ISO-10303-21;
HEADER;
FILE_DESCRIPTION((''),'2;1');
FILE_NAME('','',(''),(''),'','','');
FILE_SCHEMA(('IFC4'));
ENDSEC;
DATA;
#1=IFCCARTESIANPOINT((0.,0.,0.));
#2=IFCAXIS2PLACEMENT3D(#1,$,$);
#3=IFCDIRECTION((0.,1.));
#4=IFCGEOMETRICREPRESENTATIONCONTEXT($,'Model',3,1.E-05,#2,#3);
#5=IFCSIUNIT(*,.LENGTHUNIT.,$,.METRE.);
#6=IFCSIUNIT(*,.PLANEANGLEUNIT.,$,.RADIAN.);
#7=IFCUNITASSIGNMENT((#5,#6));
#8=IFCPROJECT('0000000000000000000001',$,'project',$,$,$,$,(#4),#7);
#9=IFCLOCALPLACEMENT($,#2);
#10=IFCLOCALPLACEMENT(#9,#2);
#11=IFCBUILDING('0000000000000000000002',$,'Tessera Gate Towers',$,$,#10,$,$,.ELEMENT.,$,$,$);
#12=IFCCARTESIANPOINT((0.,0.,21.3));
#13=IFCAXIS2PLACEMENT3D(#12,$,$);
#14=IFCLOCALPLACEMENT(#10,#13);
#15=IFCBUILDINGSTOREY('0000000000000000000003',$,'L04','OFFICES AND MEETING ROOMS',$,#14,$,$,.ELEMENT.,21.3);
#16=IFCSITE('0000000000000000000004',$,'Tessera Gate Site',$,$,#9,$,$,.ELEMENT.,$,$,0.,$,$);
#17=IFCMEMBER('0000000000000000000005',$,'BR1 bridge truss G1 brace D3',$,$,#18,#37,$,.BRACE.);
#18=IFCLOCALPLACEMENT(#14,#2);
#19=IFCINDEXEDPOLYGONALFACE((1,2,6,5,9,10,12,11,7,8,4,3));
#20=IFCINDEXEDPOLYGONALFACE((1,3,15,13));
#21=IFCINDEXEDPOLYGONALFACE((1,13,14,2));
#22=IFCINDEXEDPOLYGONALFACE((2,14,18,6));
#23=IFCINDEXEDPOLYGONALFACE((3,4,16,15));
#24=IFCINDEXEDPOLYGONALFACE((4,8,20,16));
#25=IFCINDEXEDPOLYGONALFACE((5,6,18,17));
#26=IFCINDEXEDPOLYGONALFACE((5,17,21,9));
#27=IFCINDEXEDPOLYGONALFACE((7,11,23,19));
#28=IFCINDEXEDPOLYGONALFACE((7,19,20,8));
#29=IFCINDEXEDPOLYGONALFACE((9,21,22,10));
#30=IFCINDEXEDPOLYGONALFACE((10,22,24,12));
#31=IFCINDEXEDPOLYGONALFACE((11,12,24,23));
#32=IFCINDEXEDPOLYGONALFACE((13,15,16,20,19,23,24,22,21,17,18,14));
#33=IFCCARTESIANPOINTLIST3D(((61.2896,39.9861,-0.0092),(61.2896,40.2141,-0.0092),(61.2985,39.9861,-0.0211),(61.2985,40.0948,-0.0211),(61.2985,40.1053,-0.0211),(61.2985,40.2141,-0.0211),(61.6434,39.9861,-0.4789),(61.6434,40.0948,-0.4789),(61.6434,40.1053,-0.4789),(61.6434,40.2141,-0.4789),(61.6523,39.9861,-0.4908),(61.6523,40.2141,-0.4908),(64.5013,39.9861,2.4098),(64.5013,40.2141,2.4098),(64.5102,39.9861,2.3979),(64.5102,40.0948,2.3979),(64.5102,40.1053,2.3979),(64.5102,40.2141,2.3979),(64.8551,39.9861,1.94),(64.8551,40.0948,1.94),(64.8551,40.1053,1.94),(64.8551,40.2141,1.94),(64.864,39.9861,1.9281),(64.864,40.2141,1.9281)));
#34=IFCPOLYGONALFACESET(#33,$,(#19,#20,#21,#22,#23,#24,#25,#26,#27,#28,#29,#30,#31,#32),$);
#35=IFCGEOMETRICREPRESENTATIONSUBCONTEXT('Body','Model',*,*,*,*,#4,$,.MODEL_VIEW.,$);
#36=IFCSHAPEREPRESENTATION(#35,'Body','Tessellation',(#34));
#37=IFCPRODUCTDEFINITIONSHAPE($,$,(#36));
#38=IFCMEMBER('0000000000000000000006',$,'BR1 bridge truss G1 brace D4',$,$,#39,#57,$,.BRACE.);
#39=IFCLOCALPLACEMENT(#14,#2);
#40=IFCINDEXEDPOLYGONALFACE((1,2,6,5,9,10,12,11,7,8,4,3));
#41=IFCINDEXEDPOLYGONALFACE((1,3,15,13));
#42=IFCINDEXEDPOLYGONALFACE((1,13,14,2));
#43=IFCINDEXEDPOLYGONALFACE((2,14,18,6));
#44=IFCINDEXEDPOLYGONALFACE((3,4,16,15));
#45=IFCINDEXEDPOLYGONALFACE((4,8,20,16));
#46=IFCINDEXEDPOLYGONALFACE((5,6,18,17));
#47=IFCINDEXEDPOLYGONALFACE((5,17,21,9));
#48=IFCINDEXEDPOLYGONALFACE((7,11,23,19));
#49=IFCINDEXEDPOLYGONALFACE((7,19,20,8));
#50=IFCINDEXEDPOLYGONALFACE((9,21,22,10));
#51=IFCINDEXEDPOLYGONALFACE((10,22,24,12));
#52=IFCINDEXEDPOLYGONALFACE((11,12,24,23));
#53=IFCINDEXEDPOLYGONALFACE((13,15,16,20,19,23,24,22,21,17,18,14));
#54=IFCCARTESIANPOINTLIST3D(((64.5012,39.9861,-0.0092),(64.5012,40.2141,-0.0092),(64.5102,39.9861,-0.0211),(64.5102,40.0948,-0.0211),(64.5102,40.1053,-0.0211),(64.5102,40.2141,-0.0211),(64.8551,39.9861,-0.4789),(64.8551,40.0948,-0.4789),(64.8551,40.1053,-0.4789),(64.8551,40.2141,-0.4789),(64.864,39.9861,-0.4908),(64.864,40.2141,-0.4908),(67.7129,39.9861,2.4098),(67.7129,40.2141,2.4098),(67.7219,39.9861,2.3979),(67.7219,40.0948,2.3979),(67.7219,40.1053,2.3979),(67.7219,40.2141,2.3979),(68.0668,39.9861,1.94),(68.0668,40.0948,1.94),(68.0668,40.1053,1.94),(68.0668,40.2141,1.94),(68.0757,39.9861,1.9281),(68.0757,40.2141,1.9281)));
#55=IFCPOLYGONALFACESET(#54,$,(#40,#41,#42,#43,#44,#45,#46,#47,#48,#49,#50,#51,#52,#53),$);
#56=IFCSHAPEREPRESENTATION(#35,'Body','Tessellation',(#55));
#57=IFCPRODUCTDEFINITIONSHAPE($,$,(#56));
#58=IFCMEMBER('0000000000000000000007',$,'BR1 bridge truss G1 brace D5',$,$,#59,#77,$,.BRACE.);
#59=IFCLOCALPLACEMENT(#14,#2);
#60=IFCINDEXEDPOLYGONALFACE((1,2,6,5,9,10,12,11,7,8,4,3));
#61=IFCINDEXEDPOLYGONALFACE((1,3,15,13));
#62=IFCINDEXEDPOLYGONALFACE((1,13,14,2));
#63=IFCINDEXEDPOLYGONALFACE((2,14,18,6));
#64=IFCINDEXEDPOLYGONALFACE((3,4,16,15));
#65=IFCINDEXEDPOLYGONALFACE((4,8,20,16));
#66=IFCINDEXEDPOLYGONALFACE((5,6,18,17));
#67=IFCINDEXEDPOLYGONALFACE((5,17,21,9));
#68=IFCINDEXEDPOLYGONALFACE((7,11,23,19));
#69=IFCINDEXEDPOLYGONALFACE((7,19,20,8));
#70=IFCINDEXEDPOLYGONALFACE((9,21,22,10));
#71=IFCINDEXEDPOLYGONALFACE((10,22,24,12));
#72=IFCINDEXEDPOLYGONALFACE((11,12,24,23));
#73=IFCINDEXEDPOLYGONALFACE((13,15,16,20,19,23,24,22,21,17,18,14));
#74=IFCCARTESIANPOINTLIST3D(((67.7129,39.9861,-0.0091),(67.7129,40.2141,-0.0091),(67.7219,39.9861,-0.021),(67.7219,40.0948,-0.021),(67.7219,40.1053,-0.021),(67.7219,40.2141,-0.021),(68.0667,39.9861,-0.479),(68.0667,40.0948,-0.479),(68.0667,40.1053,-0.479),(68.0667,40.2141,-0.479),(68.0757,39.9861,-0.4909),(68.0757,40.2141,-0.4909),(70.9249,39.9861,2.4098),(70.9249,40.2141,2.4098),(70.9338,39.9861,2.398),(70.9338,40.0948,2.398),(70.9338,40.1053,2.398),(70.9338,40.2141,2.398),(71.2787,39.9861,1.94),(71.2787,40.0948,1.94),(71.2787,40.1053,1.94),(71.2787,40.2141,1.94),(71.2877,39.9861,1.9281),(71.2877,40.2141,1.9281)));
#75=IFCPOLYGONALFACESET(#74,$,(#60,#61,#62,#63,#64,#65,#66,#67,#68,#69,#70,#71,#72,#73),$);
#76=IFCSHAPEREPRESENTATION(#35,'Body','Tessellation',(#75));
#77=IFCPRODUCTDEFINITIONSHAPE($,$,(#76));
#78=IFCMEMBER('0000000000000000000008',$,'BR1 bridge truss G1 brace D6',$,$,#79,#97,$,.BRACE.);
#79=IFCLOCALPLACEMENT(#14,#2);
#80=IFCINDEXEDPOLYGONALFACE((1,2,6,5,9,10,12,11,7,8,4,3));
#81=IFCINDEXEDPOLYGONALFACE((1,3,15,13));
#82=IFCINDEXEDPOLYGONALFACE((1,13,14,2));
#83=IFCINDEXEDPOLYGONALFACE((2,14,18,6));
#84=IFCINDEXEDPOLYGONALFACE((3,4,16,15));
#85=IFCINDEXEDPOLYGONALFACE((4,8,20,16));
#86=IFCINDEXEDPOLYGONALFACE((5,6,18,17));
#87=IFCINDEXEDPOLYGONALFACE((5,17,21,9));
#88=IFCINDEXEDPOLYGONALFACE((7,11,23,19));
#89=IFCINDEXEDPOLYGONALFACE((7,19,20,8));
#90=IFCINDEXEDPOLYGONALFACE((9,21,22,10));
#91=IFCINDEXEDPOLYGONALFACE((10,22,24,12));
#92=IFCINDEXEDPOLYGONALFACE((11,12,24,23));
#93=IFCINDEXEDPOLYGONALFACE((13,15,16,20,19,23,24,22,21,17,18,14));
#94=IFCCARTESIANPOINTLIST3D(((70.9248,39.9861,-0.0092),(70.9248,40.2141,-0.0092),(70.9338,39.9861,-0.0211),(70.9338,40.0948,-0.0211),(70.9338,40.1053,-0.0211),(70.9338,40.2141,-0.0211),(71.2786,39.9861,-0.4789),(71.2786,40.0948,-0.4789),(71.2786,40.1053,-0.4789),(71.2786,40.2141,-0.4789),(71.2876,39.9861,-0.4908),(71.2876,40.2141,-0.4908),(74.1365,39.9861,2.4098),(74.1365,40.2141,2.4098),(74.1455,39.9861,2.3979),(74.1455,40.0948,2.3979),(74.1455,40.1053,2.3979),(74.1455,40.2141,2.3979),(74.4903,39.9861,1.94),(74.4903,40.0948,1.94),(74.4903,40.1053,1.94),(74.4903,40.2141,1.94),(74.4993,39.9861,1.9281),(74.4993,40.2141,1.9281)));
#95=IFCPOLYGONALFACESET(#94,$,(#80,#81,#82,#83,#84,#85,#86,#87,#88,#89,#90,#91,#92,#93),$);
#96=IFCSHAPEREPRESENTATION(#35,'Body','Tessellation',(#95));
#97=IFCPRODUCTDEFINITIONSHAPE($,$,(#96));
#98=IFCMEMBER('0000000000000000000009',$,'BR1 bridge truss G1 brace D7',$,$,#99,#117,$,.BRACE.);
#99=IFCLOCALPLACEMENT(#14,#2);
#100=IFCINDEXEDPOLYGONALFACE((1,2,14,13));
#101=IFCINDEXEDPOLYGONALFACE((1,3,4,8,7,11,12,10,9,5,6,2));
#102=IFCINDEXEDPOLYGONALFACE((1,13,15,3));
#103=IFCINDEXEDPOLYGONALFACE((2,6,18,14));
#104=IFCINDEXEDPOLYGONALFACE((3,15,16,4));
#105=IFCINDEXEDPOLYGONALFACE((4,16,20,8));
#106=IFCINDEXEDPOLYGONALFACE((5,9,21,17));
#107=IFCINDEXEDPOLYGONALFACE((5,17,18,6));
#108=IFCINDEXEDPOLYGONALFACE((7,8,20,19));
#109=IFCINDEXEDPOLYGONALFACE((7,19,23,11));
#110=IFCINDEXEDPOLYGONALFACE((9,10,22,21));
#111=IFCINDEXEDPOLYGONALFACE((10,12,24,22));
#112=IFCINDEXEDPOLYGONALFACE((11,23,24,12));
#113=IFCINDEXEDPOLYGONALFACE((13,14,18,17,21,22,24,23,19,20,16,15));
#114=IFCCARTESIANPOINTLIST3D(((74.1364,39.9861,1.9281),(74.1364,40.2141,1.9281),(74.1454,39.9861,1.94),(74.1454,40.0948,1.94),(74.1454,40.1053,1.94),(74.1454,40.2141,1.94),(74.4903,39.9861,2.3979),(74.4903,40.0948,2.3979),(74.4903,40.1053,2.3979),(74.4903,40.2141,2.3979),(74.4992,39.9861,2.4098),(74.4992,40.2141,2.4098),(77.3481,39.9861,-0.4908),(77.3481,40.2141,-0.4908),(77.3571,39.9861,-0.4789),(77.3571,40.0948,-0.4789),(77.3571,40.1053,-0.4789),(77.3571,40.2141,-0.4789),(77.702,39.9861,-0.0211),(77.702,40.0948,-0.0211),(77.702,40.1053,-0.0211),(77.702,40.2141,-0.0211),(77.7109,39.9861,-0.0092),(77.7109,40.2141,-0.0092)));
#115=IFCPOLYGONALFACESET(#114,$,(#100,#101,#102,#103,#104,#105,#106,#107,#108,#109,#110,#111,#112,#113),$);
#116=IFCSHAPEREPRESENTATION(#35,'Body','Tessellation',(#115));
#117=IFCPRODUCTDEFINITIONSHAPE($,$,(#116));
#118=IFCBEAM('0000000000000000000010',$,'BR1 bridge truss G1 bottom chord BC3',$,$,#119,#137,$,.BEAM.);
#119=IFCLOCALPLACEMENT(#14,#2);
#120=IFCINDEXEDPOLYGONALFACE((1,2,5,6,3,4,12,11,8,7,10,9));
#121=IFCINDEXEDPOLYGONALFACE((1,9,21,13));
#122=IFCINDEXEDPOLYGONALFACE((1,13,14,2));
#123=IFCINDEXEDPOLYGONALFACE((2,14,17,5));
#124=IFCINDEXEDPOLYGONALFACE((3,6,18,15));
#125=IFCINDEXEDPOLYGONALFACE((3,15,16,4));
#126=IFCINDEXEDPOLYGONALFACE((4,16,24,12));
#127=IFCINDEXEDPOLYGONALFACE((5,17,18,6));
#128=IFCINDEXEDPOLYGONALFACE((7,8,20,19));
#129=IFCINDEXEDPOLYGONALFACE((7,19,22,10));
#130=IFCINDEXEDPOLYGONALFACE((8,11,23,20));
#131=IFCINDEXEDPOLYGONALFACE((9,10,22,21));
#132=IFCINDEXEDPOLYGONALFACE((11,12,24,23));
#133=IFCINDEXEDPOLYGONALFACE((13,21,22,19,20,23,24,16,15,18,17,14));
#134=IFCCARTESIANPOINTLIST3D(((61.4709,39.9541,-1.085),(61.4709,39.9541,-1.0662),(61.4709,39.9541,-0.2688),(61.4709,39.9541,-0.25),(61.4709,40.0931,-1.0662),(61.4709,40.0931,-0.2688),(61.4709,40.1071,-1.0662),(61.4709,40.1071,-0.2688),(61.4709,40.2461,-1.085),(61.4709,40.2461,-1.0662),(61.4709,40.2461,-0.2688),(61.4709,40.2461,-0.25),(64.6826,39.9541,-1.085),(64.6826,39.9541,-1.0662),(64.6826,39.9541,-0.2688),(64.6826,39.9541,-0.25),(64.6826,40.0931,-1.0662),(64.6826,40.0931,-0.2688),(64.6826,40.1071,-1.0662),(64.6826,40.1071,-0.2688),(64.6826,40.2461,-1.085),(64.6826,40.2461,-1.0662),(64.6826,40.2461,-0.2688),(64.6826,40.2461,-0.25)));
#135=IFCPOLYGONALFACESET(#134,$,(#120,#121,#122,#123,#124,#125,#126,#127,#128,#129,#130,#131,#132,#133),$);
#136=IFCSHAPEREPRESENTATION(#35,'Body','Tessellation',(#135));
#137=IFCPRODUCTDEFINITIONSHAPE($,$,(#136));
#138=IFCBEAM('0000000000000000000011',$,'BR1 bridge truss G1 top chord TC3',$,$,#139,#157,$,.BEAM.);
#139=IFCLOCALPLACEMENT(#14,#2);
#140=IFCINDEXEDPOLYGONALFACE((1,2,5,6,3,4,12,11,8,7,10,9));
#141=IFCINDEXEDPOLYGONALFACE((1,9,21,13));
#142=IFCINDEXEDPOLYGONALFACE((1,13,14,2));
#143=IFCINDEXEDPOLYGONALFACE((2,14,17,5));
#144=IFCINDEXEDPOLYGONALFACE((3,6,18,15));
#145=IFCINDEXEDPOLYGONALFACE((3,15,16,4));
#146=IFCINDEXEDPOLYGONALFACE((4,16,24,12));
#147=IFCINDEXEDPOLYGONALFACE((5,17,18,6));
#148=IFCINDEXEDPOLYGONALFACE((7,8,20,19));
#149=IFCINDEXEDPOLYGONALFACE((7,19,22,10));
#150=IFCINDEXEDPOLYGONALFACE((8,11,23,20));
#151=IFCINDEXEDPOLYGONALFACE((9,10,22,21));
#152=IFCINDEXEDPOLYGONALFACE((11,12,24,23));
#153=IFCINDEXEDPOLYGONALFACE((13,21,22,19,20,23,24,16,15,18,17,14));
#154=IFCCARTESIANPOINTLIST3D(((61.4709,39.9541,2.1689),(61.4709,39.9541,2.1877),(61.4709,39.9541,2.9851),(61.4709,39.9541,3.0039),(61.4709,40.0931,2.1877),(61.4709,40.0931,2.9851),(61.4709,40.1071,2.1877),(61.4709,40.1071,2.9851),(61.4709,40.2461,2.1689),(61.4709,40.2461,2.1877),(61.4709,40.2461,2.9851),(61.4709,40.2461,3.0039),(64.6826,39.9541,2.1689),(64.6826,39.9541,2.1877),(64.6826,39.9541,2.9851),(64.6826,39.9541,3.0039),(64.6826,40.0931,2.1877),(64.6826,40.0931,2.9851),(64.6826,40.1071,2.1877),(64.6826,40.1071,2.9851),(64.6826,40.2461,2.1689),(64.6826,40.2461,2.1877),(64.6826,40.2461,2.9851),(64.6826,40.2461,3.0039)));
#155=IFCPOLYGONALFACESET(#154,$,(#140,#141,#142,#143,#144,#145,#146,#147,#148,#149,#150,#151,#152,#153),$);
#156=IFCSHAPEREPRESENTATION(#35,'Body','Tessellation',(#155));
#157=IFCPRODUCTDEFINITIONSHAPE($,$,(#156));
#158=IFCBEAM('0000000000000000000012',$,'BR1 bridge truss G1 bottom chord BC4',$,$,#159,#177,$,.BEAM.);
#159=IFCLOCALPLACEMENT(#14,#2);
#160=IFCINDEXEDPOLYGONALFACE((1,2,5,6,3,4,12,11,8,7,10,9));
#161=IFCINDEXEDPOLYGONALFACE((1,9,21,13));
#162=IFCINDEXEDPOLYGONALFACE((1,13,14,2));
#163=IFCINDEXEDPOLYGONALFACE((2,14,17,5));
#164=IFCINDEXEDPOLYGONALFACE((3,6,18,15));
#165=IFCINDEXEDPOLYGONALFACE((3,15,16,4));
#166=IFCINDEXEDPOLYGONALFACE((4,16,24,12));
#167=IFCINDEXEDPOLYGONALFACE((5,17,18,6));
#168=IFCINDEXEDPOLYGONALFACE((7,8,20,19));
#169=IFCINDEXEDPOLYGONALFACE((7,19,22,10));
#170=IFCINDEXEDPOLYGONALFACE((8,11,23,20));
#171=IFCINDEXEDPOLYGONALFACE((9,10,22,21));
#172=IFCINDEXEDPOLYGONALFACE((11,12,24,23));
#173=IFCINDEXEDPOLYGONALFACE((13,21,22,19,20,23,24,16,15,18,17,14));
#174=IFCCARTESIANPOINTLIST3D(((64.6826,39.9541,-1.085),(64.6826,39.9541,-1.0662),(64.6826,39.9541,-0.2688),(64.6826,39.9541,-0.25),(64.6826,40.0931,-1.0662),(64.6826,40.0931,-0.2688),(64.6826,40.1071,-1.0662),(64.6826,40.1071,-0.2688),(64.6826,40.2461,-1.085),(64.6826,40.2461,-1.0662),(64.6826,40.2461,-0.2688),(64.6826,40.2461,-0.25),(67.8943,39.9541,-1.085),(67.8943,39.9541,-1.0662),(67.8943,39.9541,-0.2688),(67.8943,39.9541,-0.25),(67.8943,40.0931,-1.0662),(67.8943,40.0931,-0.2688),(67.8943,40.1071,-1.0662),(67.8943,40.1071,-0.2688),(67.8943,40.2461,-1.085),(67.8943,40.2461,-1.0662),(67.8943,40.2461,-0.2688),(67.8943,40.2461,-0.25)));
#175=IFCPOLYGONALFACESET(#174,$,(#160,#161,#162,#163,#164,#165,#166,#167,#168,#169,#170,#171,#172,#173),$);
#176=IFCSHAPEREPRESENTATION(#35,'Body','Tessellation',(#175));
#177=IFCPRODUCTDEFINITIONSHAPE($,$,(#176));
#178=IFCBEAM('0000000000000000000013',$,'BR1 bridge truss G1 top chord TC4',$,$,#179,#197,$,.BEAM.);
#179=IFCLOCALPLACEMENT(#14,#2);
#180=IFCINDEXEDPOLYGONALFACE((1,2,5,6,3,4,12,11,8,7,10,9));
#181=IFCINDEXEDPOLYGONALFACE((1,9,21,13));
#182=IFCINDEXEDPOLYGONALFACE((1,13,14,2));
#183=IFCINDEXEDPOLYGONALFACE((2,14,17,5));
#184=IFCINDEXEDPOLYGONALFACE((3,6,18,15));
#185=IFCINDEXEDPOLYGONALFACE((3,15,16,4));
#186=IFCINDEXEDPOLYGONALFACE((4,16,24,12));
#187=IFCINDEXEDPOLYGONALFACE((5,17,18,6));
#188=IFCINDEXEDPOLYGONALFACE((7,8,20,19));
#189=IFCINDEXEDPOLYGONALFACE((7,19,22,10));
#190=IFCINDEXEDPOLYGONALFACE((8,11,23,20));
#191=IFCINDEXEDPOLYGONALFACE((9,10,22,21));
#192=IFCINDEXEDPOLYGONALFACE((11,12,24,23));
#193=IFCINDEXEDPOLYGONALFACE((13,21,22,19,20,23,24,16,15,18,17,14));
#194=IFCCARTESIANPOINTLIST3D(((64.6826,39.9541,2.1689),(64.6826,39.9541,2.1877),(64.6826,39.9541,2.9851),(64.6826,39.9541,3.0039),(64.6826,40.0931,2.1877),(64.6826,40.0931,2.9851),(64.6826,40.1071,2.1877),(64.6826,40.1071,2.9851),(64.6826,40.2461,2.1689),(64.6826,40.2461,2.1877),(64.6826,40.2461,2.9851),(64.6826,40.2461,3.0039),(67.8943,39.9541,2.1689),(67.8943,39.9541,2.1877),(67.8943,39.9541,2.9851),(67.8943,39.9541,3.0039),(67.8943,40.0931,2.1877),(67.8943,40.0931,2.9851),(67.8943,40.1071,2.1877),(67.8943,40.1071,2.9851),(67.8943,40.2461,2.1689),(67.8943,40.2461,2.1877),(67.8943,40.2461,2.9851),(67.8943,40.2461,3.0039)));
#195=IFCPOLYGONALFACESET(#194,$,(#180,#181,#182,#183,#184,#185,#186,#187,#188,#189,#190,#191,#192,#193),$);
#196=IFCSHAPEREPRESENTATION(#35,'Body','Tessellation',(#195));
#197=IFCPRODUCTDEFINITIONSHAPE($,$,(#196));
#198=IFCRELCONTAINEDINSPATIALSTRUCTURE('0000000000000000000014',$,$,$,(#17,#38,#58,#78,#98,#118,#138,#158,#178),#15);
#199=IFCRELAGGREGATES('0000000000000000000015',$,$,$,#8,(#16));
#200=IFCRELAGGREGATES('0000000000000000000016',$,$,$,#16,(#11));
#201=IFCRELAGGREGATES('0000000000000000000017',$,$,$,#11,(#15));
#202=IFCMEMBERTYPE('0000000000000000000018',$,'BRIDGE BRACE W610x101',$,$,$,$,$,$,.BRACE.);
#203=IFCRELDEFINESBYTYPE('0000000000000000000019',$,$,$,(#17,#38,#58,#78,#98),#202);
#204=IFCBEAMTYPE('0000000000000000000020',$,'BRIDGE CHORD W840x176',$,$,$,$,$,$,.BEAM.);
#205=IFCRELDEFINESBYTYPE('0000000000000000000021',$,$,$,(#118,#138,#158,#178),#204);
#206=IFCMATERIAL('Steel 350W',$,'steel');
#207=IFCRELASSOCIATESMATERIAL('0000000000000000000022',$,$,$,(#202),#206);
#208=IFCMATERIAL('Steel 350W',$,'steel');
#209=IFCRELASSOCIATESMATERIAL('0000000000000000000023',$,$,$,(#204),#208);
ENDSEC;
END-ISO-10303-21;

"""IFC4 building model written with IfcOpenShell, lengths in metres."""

from ifc_helpers import new_model, si_unit, direction, frame, origin, origin_2d, place, context, subcontext, project, spatial, i_section, extrude, material, material_profile, profile_set, type_object, element, save


model = new_model("IFC4")

# Units and contexts
model_context = context("Model", 3, precision=1e-05, world=origin(), true_north=direction((0.0, 1.0)))
body_context = subcontext(model_context, "Body", "Model", "MODEL_VIEW")
ifc_project = project(units=[si_unit("LENGTHUNIT", "METRE"), si_unit("PLANEANGLEUNIT", "RADIAN")], contexts=[model_context])

# Site, building, storey
site_placement = place(None, origin())
site = spatial("IfcSite", under=ifc_project, at=site_placement, Name="Tessera Gate Site", CompositionType="ELEMENT", RefElevation=0.0)
building_placement = place(site_placement, origin())
building = spatial("IfcBuilding", under=site, at=building_placement, Name="Tessera Gate Towers", CompositionType="ELEMENT")
storey_placement = place(building_placement, frame((0.0, 0.0, 21.3)))
storey = spatial("IfcBuildingStorey", under=building, at=storey_placement, Name="L04", Description="OFFICES AND MEETING ROOMS", CompositionType="ELEMENT", Elevation=21.3)

# Members
ifc_material_1 = material(Name="Steel 350W", Category="steel")
ifc_material_profile_1 = material_profile(ifc_material_1, i_section(OverallWidth=0.228, OverallDepth=0.603, WebThickness=0.0105, FlangeThickness=0.0149, at=origin_2d()), Name="W610x101")
ifc_profile_set_1 = profile_set([ifc_material_profile_1], Name="Steel 350W")
member_type_1 = type_object("IfcMemberType", Name="BRIDGE BRACE W610x101", PredefinedType="BRACE", material=ifc_profile_set_1)
for number, where, z_axis, x_axis, name in (
    (1, (61.4709, 40.1001, -0.25), (0.798782, 0.0, 0.601621), (0.0, 1.0, 0.0), "BR1 bridge truss G1 brace D3"),
    (2, (64.6826, 40.1001, -0.25), (0.798782, 0.0, 0.601621), (0.0, 1.0, 0.0), "BR1 bridge truss G1 brace D4"),
):
    element("IfcMember", number, at=place(storey_placement, frame(where, z_axis=z_axis, x_axis=x_axis)), inside=storey, type_object=member_type_1, Name=name, PredefinedType="BRACE", context=body_context, shape_type="SweptSolid", body=[
        extrude(i_section(OverallWidth=0.228, OverallDepth=0.603, WebThickness=0.0105, FlangeThickness=0.0149, at=origin_2d()), origin(), (0.0, 0.0, 1.0), 4.0208),
    ])
member_1_placement = place(storey_placement, frame((67.8943, 40.1001, -0.25), z_axis=(0.798803, 0.0, 0.601592), x_axis=(0.0, 1.0, 0.0)))
element("IfcMember", 3, at=member_1_placement, inside=storey, type_object=member_type_1, Name="BR1 bridge truss G1 brace D5", PredefinedType="BRACE", context=body_context, shape_type="SweptSolid", body=[
    extrude(i_section(OverallWidth=0.228, OverallDepth=0.603, WebThickness=0.0105, FlangeThickness=0.0149, at=origin_2d()), origin(), (0.0, 0.0, 1.0), 4.021),
])
for number, where, z_axis, x_axis, name in (
    (4, (71.1062, 40.1001, -0.25), (0.798782, 0.0, 0.601621), (0.0, 1.0, 0.0), "BR1 bridge truss G1 brace D6"),
    (5, (77.5295, 40.1001, -0.25), (-0.798782, 0.0, 0.601621), (0.0, -1.0, 0.0), "BR1 bridge truss G1 brace D7"),
):
    element("IfcMember", number, at=place(storey_placement, frame(where, z_axis=z_axis, x_axis=x_axis)), inside=storey, type_object=member_type_1, Name=name, PredefinedType="BRACE", context=body_context, shape_type="SweptSolid", body=[
        extrude(i_section(OverallWidth=0.228, OverallDepth=0.603, WebThickness=0.0105, FlangeThickness=0.0149, at=origin_2d()), origin(), (0.0, 0.0, 1.0), 4.0208),
    ])

# Beams
ifc_material_2 = material(Name="Steel 350W", Category="steel")
ifc_material_profile_2 = material_profile(ifc_material_2, i_section(OverallWidth=0.292, OverallDepth=0.835, WebThickness=0.0139, FlangeThickness=0.0188, at=origin_2d()), Name="W840x176")
ifc_profile_set_2 = profile_set([ifc_material_profile_2], Name="Steel 350W")
beam_type_1 = type_object("IfcBeamType", Name="BRIDGE CHORD W840x176", PredefinedType="BEAM", material=ifc_profile_set_2)
for number, where, z_axis, x_axis, name in (
    (6, (61.4709, 40.1001, -0.6675), (1.0, 0.0, 0.0), (0.0, 1.0, 0.0), "BR1 bridge truss G1 bottom chord BC3"),
    (7, (61.4709, 40.1001, 2.5864), (1.0, 0.0, 0.0), (0.0, 1.0, 0.0), "BR1 bridge truss G1 top chord TC3"),
    (8, (64.6826, 40.1001, -0.6675), (1.0, 0.0, 0.0), (0.0, 1.0, 0.0), "BR1 bridge truss G1 bottom chord BC4"),
    (9, (64.6826, 40.1001, 2.5864), (1.0, 0.0, 0.0), (0.0, 1.0, 0.0), "BR1 bridge truss G1 top chord TC4"),
):
    element("IfcBeam", number, at=place(storey_placement, frame(where, z_axis=z_axis, x_axis=x_axis)), inside=storey, type_object=beam_type_1, Name=name, PredefinedType="BEAM", context=body_context, shape_type="SweptSolid", body=[
        extrude(i_section(OverallWidth=0.292, OverallDepth=0.835, WebThickness=0.0139, FlangeThickness=0.0188, at=origin_2d()), origin(), (0.0, 0.0, 1.0), 3.2117),
    ])

save(model, "model.ifc")
